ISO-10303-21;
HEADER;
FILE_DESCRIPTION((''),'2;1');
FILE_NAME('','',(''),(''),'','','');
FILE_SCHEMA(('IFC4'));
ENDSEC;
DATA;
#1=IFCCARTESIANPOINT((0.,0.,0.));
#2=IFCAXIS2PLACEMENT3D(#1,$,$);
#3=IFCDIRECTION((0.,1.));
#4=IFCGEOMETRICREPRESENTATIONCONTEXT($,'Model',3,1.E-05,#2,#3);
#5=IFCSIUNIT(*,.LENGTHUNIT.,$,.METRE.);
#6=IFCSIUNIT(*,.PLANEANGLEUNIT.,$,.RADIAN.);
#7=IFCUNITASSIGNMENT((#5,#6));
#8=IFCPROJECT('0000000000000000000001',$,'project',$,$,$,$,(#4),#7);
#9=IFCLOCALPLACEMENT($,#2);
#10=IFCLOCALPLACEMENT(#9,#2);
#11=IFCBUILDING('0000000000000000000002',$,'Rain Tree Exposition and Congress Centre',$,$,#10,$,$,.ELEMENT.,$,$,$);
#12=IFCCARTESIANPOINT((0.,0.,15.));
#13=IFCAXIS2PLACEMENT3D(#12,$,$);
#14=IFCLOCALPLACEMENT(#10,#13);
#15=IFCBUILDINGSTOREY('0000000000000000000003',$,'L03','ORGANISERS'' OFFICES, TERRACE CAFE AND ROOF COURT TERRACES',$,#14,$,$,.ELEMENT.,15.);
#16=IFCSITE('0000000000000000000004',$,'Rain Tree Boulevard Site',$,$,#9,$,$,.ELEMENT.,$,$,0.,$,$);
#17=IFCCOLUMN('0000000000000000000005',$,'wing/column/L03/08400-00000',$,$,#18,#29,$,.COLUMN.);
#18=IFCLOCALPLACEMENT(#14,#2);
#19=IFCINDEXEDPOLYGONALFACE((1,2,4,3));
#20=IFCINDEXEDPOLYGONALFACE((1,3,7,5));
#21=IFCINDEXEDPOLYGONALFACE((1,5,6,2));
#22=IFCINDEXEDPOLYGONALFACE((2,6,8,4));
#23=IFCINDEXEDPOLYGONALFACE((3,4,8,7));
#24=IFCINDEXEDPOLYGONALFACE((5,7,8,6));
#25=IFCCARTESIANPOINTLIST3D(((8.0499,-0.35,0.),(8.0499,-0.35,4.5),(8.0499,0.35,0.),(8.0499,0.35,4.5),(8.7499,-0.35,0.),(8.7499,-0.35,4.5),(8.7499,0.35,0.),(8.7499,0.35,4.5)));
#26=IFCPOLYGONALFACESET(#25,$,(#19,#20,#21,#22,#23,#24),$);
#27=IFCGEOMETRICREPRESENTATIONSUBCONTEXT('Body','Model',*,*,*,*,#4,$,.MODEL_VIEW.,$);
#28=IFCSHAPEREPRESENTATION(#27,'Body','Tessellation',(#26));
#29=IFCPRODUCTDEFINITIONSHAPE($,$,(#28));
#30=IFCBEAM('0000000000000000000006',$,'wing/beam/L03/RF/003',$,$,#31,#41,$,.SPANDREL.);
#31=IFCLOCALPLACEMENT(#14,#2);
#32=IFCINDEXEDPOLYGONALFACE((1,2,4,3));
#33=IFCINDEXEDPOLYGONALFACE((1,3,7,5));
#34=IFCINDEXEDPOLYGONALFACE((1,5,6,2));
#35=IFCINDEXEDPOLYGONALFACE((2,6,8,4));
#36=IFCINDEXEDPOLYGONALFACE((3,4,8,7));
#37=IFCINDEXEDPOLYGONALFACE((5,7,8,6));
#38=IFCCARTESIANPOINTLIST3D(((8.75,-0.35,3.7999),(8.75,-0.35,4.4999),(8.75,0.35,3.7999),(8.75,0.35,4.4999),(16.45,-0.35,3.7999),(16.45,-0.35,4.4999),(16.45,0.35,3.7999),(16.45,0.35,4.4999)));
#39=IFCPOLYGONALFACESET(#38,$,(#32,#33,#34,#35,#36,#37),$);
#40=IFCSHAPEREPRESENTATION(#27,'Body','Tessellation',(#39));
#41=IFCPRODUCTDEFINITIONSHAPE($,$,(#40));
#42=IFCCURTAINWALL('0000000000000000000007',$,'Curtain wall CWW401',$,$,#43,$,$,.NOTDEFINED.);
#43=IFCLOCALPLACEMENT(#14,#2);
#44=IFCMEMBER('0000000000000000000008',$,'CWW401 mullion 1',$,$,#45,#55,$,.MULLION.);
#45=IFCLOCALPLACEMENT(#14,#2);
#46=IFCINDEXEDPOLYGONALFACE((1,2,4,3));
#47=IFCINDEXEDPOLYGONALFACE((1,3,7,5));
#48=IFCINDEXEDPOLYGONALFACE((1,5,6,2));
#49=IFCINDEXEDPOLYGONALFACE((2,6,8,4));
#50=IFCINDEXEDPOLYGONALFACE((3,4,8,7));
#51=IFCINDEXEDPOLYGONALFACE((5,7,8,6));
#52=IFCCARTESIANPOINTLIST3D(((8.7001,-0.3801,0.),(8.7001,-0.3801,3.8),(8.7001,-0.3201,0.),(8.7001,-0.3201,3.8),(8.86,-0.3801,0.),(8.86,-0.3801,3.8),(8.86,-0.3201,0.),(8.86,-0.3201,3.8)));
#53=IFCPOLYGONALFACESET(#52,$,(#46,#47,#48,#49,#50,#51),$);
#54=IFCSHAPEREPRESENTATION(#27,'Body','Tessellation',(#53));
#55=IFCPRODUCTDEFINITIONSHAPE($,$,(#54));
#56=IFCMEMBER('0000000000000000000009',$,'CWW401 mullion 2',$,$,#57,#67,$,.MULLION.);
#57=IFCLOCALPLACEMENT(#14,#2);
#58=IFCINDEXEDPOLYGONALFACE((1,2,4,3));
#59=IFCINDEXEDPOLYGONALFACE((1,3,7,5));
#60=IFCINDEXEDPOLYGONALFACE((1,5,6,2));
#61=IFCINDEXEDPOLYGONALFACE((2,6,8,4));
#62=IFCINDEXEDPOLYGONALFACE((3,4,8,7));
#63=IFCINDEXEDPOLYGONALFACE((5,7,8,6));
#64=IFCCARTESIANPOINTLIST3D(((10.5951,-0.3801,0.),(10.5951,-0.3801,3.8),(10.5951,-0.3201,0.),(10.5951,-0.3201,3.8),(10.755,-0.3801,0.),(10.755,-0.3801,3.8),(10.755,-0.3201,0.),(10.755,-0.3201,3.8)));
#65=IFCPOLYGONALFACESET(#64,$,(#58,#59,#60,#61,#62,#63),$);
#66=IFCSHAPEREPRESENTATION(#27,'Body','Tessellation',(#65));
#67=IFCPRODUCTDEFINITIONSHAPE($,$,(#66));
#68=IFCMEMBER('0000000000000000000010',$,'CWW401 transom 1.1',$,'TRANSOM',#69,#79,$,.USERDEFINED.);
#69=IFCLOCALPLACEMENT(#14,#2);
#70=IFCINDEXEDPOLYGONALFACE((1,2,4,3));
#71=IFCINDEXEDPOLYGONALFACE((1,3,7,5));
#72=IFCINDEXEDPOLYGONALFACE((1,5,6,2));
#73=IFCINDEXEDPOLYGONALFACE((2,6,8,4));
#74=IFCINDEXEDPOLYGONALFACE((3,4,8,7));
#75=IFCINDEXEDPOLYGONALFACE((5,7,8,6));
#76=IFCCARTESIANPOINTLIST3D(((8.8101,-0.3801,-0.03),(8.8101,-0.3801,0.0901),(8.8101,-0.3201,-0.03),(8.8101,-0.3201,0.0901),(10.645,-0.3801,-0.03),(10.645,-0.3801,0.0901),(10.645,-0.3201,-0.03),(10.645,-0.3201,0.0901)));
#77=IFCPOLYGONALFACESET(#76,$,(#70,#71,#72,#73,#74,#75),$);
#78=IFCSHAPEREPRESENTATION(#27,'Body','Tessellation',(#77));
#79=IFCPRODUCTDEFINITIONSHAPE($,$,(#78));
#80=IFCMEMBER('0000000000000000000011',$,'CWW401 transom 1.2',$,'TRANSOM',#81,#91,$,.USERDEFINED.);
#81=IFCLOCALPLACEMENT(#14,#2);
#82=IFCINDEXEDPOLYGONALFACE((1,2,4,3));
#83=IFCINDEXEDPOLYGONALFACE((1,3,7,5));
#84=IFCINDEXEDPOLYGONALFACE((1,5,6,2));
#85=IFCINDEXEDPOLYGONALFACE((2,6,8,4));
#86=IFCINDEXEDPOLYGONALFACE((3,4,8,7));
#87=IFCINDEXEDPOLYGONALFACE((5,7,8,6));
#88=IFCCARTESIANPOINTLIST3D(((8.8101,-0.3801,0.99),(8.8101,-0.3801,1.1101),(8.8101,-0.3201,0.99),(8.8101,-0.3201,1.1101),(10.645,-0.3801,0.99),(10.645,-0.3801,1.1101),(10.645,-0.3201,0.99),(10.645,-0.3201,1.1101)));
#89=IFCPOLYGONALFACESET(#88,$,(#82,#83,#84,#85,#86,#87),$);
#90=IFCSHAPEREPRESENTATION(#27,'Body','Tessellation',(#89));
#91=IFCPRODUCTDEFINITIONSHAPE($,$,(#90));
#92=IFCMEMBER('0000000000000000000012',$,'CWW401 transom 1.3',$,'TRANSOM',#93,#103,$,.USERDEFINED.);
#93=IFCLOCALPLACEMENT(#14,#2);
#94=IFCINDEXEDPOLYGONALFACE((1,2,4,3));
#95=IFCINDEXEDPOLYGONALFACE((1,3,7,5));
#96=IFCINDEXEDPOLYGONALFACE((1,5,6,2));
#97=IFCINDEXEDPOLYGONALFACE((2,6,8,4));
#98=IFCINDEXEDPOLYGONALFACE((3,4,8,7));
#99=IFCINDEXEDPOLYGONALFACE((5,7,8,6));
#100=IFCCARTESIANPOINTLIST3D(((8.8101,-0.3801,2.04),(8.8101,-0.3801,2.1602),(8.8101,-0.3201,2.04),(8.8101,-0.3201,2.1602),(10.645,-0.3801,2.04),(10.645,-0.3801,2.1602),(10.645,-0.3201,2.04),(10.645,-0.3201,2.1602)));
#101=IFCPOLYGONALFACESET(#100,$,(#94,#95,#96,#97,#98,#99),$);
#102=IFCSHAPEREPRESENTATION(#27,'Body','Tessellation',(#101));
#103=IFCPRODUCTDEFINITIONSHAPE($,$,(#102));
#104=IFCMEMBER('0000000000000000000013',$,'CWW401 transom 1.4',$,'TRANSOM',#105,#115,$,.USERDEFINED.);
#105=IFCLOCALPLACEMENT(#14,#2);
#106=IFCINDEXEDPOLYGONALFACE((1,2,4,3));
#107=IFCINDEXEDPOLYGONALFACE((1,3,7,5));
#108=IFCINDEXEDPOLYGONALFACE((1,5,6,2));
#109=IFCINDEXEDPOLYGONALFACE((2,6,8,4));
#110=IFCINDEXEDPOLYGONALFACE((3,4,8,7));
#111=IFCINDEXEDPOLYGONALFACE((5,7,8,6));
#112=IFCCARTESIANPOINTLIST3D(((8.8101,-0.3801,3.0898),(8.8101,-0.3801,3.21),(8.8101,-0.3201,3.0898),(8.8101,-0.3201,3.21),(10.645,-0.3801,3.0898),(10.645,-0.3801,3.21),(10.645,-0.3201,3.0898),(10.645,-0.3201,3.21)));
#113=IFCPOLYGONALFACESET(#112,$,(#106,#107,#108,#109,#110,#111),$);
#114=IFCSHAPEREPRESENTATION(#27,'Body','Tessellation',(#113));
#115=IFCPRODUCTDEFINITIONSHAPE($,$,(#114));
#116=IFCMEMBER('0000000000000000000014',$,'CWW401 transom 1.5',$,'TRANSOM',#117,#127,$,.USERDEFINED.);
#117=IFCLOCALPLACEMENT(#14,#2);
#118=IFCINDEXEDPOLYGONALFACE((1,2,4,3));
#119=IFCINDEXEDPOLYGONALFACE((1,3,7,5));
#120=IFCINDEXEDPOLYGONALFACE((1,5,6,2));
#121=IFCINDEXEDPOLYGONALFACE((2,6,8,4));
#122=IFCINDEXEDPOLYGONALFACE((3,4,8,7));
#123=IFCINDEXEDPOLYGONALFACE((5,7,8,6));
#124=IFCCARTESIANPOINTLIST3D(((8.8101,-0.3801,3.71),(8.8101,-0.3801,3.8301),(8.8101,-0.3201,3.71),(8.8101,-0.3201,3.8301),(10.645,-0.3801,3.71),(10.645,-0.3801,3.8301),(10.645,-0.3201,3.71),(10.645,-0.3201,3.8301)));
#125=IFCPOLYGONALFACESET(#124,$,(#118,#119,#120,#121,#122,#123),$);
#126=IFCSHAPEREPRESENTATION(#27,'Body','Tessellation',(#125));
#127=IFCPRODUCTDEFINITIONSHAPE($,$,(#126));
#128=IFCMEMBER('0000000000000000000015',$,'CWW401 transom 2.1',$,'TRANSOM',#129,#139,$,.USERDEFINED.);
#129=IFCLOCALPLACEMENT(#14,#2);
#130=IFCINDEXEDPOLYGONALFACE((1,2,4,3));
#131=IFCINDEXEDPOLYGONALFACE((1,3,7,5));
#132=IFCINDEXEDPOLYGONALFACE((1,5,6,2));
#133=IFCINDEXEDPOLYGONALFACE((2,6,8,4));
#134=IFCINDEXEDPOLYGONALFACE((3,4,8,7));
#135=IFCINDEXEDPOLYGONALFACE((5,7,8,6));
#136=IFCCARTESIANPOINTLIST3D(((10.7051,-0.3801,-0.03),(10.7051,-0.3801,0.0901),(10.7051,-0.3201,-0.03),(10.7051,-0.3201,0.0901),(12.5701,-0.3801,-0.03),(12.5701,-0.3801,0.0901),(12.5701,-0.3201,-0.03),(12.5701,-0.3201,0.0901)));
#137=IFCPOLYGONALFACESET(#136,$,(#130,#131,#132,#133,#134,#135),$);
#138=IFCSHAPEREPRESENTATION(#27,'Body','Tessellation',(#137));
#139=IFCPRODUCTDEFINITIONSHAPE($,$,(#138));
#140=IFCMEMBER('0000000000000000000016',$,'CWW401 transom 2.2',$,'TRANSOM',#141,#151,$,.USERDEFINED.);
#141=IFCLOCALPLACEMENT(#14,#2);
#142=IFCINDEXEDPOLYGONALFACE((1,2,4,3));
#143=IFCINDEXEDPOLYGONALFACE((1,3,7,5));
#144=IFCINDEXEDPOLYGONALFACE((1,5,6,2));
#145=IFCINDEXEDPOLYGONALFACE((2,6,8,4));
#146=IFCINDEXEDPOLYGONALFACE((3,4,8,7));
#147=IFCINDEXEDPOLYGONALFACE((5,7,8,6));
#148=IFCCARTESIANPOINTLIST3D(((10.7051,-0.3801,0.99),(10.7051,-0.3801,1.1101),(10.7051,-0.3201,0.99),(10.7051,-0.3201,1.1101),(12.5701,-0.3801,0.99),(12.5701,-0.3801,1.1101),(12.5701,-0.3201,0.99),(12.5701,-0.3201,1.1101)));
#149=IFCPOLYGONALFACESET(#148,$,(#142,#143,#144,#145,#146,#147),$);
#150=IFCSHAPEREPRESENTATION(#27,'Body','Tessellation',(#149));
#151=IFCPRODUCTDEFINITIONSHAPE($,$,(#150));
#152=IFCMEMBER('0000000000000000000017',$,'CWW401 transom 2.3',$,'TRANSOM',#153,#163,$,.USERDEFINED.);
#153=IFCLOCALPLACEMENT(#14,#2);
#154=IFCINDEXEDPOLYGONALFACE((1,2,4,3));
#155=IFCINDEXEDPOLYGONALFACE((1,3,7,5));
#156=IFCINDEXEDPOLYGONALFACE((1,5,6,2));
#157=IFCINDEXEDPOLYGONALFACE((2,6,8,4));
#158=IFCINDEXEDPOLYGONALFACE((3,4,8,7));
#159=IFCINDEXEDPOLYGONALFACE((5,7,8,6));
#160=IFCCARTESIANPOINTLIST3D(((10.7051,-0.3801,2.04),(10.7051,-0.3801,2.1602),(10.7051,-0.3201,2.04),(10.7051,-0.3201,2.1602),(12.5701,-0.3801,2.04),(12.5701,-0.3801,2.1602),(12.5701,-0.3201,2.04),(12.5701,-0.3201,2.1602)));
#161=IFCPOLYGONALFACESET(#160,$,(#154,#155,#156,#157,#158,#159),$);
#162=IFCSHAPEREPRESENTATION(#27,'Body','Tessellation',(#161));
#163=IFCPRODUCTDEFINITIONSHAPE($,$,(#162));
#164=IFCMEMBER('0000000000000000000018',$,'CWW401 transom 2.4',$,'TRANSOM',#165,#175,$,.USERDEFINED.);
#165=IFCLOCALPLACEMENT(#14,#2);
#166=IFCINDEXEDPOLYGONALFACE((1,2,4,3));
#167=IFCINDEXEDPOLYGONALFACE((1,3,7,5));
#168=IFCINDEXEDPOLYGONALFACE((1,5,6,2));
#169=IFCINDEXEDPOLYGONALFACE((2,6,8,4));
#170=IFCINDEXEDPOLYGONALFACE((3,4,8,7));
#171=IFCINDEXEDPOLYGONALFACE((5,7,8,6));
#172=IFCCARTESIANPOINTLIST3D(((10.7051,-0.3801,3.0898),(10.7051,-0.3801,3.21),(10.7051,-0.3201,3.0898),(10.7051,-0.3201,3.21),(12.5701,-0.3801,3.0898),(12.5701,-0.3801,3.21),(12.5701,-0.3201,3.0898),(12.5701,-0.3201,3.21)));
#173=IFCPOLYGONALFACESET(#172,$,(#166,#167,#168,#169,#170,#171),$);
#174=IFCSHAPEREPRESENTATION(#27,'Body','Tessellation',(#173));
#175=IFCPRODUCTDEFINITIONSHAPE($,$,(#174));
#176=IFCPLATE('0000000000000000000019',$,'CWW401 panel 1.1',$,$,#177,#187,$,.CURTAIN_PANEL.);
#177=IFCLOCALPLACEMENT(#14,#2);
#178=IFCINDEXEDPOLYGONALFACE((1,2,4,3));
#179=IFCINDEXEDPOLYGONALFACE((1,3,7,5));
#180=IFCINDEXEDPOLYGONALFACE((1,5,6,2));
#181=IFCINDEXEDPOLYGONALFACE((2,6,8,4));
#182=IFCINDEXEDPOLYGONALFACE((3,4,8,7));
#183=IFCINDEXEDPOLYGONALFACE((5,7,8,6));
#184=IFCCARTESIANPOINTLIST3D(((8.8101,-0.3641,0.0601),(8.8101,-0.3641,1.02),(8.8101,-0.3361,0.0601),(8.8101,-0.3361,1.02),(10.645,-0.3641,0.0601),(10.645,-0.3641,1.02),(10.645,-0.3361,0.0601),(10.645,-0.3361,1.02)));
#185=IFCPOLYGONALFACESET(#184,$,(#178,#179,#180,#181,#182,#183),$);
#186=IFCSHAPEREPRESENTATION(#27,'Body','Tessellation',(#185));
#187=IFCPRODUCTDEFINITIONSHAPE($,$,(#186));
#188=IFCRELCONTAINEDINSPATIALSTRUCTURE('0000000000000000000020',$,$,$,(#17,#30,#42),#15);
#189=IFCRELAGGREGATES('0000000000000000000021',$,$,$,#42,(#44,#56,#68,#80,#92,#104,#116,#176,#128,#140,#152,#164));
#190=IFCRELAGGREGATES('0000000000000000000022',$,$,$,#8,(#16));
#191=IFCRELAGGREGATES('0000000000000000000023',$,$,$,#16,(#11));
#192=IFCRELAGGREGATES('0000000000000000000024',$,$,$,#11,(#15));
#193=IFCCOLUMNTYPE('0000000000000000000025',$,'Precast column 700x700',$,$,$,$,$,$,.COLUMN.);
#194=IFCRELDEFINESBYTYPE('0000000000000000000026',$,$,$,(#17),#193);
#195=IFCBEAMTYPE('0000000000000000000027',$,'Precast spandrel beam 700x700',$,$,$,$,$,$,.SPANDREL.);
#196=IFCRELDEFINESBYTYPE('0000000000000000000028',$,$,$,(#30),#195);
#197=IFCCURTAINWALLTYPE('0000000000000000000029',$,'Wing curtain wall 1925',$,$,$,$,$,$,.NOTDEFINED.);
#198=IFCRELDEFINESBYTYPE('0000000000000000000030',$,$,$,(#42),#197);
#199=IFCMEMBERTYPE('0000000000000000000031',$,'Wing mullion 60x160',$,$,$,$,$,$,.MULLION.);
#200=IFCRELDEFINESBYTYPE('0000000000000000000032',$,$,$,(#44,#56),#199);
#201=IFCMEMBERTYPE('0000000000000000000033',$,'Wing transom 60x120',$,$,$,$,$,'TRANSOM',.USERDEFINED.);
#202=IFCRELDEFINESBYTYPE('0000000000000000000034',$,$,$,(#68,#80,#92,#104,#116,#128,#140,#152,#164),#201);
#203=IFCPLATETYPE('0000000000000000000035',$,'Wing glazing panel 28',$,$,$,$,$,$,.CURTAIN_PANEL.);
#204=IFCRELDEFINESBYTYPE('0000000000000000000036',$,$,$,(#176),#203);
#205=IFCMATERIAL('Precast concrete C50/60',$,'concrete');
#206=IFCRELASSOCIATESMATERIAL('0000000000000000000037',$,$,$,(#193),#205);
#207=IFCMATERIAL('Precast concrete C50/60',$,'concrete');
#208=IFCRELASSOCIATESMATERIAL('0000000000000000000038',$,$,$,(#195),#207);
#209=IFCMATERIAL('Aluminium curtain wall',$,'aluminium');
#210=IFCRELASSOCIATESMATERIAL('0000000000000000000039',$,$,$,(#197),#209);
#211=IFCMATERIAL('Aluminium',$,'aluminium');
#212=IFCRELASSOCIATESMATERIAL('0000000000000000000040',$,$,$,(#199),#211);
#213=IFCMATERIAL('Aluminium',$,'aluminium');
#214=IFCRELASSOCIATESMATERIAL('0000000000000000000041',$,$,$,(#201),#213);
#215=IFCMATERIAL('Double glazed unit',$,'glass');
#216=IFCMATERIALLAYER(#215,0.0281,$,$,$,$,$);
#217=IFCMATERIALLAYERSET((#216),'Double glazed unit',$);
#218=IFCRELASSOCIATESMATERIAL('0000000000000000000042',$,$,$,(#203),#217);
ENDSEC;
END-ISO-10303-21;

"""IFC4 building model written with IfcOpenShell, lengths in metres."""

from ifc_helpers import new_model, si_unit, direction, frame, origin, origin_2d, place, context, subcontext, project, spatial, rectangle, extrude, material, layer, layer_set, material_profile, profile_set, type_object, element, aggregate, save


model = new_model("IFC4")

# Units and contexts
model_context = context("Model", 3, precision=1e-05, world=origin(), true_north=direction((0.0, 1.0)))
body_context = subcontext(model_context, "Body", "Model", "MODEL_VIEW")
ifc_project = project(units=[si_unit("LENGTHUNIT", "METRE"), si_unit("PLANEANGLEUNIT", "RADIAN")], contexts=[model_context])

# Site, building, storey
site_placement = place(None, origin())
site = spatial("IfcSite", under=ifc_project, at=site_placement, Name="Rain Tree Boulevard Site", CompositionType="ELEMENT", RefElevation=0.0)
building_placement = place(site_placement, origin())
building = spatial("IfcBuilding", under=site, at=building_placement, Name="Rain Tree Exposition and Congress Centre", CompositionType="ELEMENT")
storey_placement = place(building_placement, frame((0.0, 0.0, 15.0)))
storey = spatial("IfcBuildingStorey", under=building, at=storey_placement, Name="L03", Description="ORGANISERS' OFFICES, TERRACE CAFE AND ROOF COURT TERRACES", CompositionType="ELEMENT", Elevation=15.0)

# Column
ifc_material_1 = material(Name="Precast concrete C50/60", Category="concrete")
ifc_material_profile_1 = material_profile(ifc_material_1, rectangle(XDim=0.7, YDim=0.7, at=origin_2d()), Name="RC 700x700")
ifc_profile_set_1 = profile_set([ifc_material_profile_1], Name="Precast concrete C50/60")
column_type = type_object("IfcColumnType", Name="Precast column 700x700", PredefinedType="COLUMN", material=ifc_profile_set_1)
column_placement = place(storey_placement, frame((8.3999, 0.0, 0.0), z_axis=(0.0, 0.0, 1.0), x_axis=(1.0, 0.0, 0.0)))
element("IfcColumn", 1, at=column_placement, inside=storey, type_object=column_type, Name="wing/column/L03/08400-00000", PredefinedType="COLUMN", context=body_context, shape_type="SweptSolid", body=[
    extrude(rectangle(XDim=0.7, YDim=0.7, at=origin_2d()), origin(), (0.0, 0.0, 1.0), 4.5),
])

# Beam
ifc_material_2 = material(Name="Precast concrete C50/60", Category="concrete")
ifc_material_profile_2 = material_profile(ifc_material_2, rectangle(XDim=0.7, YDim=0.7, at=origin_2d()), Name="RC 700x700")
ifc_profile_set_2 = profile_set([ifc_material_profile_2], Name="Precast concrete C50/60")
beam_type = type_object("IfcBeamType", Name="Precast spandrel beam 700x700", PredefinedType="SPANDREL", material=ifc_profile_set_2)
beam_placement = place(storey_placement, frame((8.75, 0.0, 4.1499), z_axis=(1.0, 0.0, 0.0), x_axis=(0.0, 1.0, 0.0)))
element("IfcBeam", 2, at=beam_placement, inside=storey, type_object=beam_type, Name="wing/beam/L03/RF/003", PredefinedType="SPANDREL", context=body_context, shape_type="SweptSolid", body=[
    extrude(rectangle(XDim=0.7, YDim=0.7, at=origin_2d()), origin(), (0.0, 0.0, 1.0), 7.7),
])

# Curtain wall, members, plate
ifc_material_3 = material(Name="Aluminium curtain wall", Category="aluminium")
curtain_wall_type = type_object("IfcCurtainWallType", Name="Wing curtain wall 1925", PredefinedType="NOTDEFINED", material=ifc_material_3)
curtain_wall_placement = place(storey_placement, origin())
curtain_wall = element("IfcCurtainWall", 3, at=curtain_wall_placement, inside=storey, type_object=curtain_wall_type, Name="Curtain wall CWW401", PredefinedType="NOTDEFINED")
ifc_material_4 = material(Name="Aluminium", Category="aluminium")
ifc_material_profile_3 = material_profile(ifc_material_4, rectangle(XDim=0.0601, YDim=0.1599, at=origin_2d()), Name="Aluminium 60x160")
ifc_profile_set_3 = profile_set([ifc_material_profile_3], Name="Aluminium")
member_type_1 = type_object("IfcMemberType", Name="Wing mullion 60x160", PredefinedType="MULLION", material=ifc_profile_set_3)
member_1_placement = place(storey_placement, frame((8.78, -0.3501, 0.0), z_axis=(0.0, 0.0, 1.0), x_axis=(0.0, 1.0, 0.0)))
member_1 = element("IfcMember", 4, at=member_1_placement, type_object=member_type_1, Name="CWW401 mullion 1", PredefinedType="MULLION", context=body_context, shape_type="SweptSolid", body=[
    extrude(rectangle(XDim=0.0601, YDim=0.1599, at=origin_2d()), origin(), (0.0, 0.0, 1.0), 3.8),
])
member_2_placement = place(storey_placement, frame((10.675, -0.3501, 0.0), z_axis=(0.0, 0.0, 1.0), x_axis=(0.0, 1.0, 0.0)))
member_2 = element("IfcMember", 5, at=member_2_placement, type_object=member_type_1, Name="CWW401 mullion 2", PredefinedType="MULLION", context=body_context, shape_type="SweptSolid", body=[
    extrude(rectangle(XDim=0.0601, YDim=0.1599, at=origin_2d()), origin(), (0.0, 0.0, 1.0), 3.8),
])
ifc_material_5 = material(Name="Aluminium", Category="aluminium")
ifc_material_profile_4 = material_profile(ifc_material_5, rectangle(XDim=0.0601, YDim=0.1201, at=origin_2d()), Name="Aluminium 60x120")
ifc_profile_set_4 = profile_set([ifc_material_profile_4], Name="Aluminium")
member_type_2 = type_object("IfcMemberType", Name="Wing transom 60x120", ElementType="TRANSOM", PredefinedType="USERDEFINED", material=ifc_profile_set_4)
member_3_placement = place(storey_placement, frame((8.8101, -0.3501, 0.03), z_axis=(1.0, 0.0, 0.0), x_axis=(0.0, 1.0, 0.0)))
member_3 = element("IfcMember", 6, at=member_3_placement, type_object=member_type_2, Name="CWW401 transom 1.1", ObjectType="TRANSOM", PredefinedType="USERDEFINED", context=body_context, shape_type="SweptSolid", body=[
    extrude(rectangle(XDim=0.0601, YDim=0.1201, at=origin_2d()), origin(), (0.0, 0.0, 1.0), 1.835),
])
member_4_placement = place(storey_placement, frame((8.8101, -0.3501, 1.05), z_axis=(1.0, 0.0, 0.0), x_axis=(0.0, 1.0, 0.0)))
member_4 = element("IfcMember", 7, at=member_4_placement, type_object=member_type_2, Name="CWW401 transom 1.2", ObjectType="TRANSOM", PredefinedType="USERDEFINED", context=body_context, shape_type="SweptSolid", body=[
    extrude(rectangle(XDim=0.0601, YDim=0.1201, at=origin_2d()), origin(), (0.0, 0.0, 1.0), 1.835),
])
member_5_placement = place(storey_placement, frame((8.8101, -0.3501, 2.1001), z_axis=(1.0, 0.0, 0.0), x_axis=(0.0, 1.0, 0.0)))
member_5 = element("IfcMember", 8, at=member_5_placement, type_object=member_type_2, Name="CWW401 transom 1.3", ObjectType="TRANSOM", PredefinedType="USERDEFINED", context=body_context, shape_type="SweptSolid", body=[
    extrude(rectangle(XDim=0.0601, YDim=0.1201, at=origin_2d()), origin(), (0.0, 0.0, 1.0), 1.835),
])
member_6_placement = place(storey_placement, frame((8.8101, -0.3501, 3.1499), z_axis=(1.0, 0.0, 0.0), x_axis=(0.0, 1.0, 0.0)))
member_6 = element("IfcMember", 9, at=member_6_placement, type_object=member_type_2, Name="CWW401 transom 1.4", ObjectType="TRANSOM", PredefinedType="USERDEFINED", context=body_context, shape_type="SweptSolid", body=[
    extrude(rectangle(XDim=0.0601, YDim=0.1201, at=origin_2d()), origin(), (0.0, 0.0, 1.0), 1.835),
])
member_7_placement = place(storey_placement, frame((8.8101, -0.3501, 3.77), z_axis=(1.0, 0.0, 0.0), x_axis=(0.0, 1.0, 0.0)))
member_7 = element("IfcMember", 10, at=member_7_placement, type_object=member_type_2, Name="CWW401 transom 1.5", ObjectType="TRANSOM", PredefinedType="USERDEFINED", context=body_context, shape_type="SweptSolid", body=[
    extrude(rectangle(XDim=0.0601, YDim=0.1201, at=origin_2d()), origin(), (0.0, 0.0, 1.0), 1.835),
])
member_8_placement = place(storey_placement, frame((10.7051, -0.3501, 0.03), z_axis=(1.0, 0.0, 0.0), x_axis=(0.0, 1.0, 0.0)))
member_8 = element("IfcMember", 11, at=member_8_placement, type_object=member_type_2, Name="CWW401 transom 2.1", ObjectType="TRANSOM", PredefinedType="USERDEFINED", context=body_context, shape_type="SweptSolid", body=[
    extrude(rectangle(XDim=0.0601, YDim=0.1201, at=origin_2d()), origin(), (0.0, 0.0, 1.0), 1.865),
])
member_9_placement = place(storey_placement, frame((10.7051, -0.3501, 1.05), z_axis=(1.0, 0.0, 0.0), x_axis=(0.0, 1.0, 0.0)))
member_9 = element("IfcMember", 12, at=member_9_placement, type_object=member_type_2, Name="CWW401 transom 2.2", ObjectType="TRANSOM", PredefinedType="USERDEFINED", context=body_context, shape_type="SweptSolid", body=[
    extrude(rectangle(XDim=0.0601, YDim=0.1201, at=origin_2d()), origin(), (0.0, 0.0, 1.0), 1.865),
])
member_10_placement = place(storey_placement, frame((10.7051, -0.3501, 2.1001), z_axis=(1.0, 0.0, 0.0), x_axis=(0.0, 1.0, 0.0)))
member_10 = element("IfcMember", 13, at=member_10_placement, type_object=member_type_2, Name="CWW401 transom 2.3", ObjectType="TRANSOM", PredefinedType="USERDEFINED", context=body_context, shape_type="SweptSolid", body=[
    extrude(rectangle(XDim=0.0601, YDim=0.1201, at=origin_2d()), origin(), (0.0, 0.0, 1.0), 1.865),
])
member_11_placement = place(storey_placement, frame((10.7051, -0.3501, 3.1499), z_axis=(1.0, 0.0, 0.0), x_axis=(0.0, 1.0, 0.0)))
member_11 = element("IfcMember", 14, at=member_11_placement, type_object=member_type_2, Name="CWW401 transom 2.4", ObjectType="TRANSOM", PredefinedType="USERDEFINED", context=body_context, shape_type="SweptSolid", body=[
    extrude(rectangle(XDim=0.0601, YDim=0.1201, at=origin_2d()), origin(), (0.0, 0.0, 1.0), 1.865),
])
ifc_material_6 = material(Name="Double glazed unit", Category="glass")
ifc_layer_1 = layer(ifc_material_6, 0.0281)
ifc_layer_set_1 = layer_set([ifc_layer_1], Name="Double glazed unit")
plate_type = type_object("IfcPlateType", Name="Wing glazing panel 28", PredefinedType="CURTAIN_PANEL", material=ifc_layer_set_1)
plate_1_placement = place(storey_placement, frame((9.7275, -0.3501, 0.0601), z_axis=(0.0, 0.0, 1.0), x_axis=(1.0, 0.0, 0.0)))
plate_1 = element("IfcPlate", 15, at=plate_1_placement, type_object=plate_type, Name="CWW401 panel 1.1", PredefinedType="CURTAIN_PANEL", context=body_context, shape_type="SweptSolid", body=[
    extrude(rectangle(XDim=1.835, YDim=0.0281, at=origin_2d()), origin(), (0.0, 0.0, 1.0), 0.96),
])
aggregate(curtain_wall, [member_1, member_2, member_3, member_4, member_5, member_6, member_7, plate_1, member_8, member_9, member_10, member_11])

save(model, "model.ifc")
